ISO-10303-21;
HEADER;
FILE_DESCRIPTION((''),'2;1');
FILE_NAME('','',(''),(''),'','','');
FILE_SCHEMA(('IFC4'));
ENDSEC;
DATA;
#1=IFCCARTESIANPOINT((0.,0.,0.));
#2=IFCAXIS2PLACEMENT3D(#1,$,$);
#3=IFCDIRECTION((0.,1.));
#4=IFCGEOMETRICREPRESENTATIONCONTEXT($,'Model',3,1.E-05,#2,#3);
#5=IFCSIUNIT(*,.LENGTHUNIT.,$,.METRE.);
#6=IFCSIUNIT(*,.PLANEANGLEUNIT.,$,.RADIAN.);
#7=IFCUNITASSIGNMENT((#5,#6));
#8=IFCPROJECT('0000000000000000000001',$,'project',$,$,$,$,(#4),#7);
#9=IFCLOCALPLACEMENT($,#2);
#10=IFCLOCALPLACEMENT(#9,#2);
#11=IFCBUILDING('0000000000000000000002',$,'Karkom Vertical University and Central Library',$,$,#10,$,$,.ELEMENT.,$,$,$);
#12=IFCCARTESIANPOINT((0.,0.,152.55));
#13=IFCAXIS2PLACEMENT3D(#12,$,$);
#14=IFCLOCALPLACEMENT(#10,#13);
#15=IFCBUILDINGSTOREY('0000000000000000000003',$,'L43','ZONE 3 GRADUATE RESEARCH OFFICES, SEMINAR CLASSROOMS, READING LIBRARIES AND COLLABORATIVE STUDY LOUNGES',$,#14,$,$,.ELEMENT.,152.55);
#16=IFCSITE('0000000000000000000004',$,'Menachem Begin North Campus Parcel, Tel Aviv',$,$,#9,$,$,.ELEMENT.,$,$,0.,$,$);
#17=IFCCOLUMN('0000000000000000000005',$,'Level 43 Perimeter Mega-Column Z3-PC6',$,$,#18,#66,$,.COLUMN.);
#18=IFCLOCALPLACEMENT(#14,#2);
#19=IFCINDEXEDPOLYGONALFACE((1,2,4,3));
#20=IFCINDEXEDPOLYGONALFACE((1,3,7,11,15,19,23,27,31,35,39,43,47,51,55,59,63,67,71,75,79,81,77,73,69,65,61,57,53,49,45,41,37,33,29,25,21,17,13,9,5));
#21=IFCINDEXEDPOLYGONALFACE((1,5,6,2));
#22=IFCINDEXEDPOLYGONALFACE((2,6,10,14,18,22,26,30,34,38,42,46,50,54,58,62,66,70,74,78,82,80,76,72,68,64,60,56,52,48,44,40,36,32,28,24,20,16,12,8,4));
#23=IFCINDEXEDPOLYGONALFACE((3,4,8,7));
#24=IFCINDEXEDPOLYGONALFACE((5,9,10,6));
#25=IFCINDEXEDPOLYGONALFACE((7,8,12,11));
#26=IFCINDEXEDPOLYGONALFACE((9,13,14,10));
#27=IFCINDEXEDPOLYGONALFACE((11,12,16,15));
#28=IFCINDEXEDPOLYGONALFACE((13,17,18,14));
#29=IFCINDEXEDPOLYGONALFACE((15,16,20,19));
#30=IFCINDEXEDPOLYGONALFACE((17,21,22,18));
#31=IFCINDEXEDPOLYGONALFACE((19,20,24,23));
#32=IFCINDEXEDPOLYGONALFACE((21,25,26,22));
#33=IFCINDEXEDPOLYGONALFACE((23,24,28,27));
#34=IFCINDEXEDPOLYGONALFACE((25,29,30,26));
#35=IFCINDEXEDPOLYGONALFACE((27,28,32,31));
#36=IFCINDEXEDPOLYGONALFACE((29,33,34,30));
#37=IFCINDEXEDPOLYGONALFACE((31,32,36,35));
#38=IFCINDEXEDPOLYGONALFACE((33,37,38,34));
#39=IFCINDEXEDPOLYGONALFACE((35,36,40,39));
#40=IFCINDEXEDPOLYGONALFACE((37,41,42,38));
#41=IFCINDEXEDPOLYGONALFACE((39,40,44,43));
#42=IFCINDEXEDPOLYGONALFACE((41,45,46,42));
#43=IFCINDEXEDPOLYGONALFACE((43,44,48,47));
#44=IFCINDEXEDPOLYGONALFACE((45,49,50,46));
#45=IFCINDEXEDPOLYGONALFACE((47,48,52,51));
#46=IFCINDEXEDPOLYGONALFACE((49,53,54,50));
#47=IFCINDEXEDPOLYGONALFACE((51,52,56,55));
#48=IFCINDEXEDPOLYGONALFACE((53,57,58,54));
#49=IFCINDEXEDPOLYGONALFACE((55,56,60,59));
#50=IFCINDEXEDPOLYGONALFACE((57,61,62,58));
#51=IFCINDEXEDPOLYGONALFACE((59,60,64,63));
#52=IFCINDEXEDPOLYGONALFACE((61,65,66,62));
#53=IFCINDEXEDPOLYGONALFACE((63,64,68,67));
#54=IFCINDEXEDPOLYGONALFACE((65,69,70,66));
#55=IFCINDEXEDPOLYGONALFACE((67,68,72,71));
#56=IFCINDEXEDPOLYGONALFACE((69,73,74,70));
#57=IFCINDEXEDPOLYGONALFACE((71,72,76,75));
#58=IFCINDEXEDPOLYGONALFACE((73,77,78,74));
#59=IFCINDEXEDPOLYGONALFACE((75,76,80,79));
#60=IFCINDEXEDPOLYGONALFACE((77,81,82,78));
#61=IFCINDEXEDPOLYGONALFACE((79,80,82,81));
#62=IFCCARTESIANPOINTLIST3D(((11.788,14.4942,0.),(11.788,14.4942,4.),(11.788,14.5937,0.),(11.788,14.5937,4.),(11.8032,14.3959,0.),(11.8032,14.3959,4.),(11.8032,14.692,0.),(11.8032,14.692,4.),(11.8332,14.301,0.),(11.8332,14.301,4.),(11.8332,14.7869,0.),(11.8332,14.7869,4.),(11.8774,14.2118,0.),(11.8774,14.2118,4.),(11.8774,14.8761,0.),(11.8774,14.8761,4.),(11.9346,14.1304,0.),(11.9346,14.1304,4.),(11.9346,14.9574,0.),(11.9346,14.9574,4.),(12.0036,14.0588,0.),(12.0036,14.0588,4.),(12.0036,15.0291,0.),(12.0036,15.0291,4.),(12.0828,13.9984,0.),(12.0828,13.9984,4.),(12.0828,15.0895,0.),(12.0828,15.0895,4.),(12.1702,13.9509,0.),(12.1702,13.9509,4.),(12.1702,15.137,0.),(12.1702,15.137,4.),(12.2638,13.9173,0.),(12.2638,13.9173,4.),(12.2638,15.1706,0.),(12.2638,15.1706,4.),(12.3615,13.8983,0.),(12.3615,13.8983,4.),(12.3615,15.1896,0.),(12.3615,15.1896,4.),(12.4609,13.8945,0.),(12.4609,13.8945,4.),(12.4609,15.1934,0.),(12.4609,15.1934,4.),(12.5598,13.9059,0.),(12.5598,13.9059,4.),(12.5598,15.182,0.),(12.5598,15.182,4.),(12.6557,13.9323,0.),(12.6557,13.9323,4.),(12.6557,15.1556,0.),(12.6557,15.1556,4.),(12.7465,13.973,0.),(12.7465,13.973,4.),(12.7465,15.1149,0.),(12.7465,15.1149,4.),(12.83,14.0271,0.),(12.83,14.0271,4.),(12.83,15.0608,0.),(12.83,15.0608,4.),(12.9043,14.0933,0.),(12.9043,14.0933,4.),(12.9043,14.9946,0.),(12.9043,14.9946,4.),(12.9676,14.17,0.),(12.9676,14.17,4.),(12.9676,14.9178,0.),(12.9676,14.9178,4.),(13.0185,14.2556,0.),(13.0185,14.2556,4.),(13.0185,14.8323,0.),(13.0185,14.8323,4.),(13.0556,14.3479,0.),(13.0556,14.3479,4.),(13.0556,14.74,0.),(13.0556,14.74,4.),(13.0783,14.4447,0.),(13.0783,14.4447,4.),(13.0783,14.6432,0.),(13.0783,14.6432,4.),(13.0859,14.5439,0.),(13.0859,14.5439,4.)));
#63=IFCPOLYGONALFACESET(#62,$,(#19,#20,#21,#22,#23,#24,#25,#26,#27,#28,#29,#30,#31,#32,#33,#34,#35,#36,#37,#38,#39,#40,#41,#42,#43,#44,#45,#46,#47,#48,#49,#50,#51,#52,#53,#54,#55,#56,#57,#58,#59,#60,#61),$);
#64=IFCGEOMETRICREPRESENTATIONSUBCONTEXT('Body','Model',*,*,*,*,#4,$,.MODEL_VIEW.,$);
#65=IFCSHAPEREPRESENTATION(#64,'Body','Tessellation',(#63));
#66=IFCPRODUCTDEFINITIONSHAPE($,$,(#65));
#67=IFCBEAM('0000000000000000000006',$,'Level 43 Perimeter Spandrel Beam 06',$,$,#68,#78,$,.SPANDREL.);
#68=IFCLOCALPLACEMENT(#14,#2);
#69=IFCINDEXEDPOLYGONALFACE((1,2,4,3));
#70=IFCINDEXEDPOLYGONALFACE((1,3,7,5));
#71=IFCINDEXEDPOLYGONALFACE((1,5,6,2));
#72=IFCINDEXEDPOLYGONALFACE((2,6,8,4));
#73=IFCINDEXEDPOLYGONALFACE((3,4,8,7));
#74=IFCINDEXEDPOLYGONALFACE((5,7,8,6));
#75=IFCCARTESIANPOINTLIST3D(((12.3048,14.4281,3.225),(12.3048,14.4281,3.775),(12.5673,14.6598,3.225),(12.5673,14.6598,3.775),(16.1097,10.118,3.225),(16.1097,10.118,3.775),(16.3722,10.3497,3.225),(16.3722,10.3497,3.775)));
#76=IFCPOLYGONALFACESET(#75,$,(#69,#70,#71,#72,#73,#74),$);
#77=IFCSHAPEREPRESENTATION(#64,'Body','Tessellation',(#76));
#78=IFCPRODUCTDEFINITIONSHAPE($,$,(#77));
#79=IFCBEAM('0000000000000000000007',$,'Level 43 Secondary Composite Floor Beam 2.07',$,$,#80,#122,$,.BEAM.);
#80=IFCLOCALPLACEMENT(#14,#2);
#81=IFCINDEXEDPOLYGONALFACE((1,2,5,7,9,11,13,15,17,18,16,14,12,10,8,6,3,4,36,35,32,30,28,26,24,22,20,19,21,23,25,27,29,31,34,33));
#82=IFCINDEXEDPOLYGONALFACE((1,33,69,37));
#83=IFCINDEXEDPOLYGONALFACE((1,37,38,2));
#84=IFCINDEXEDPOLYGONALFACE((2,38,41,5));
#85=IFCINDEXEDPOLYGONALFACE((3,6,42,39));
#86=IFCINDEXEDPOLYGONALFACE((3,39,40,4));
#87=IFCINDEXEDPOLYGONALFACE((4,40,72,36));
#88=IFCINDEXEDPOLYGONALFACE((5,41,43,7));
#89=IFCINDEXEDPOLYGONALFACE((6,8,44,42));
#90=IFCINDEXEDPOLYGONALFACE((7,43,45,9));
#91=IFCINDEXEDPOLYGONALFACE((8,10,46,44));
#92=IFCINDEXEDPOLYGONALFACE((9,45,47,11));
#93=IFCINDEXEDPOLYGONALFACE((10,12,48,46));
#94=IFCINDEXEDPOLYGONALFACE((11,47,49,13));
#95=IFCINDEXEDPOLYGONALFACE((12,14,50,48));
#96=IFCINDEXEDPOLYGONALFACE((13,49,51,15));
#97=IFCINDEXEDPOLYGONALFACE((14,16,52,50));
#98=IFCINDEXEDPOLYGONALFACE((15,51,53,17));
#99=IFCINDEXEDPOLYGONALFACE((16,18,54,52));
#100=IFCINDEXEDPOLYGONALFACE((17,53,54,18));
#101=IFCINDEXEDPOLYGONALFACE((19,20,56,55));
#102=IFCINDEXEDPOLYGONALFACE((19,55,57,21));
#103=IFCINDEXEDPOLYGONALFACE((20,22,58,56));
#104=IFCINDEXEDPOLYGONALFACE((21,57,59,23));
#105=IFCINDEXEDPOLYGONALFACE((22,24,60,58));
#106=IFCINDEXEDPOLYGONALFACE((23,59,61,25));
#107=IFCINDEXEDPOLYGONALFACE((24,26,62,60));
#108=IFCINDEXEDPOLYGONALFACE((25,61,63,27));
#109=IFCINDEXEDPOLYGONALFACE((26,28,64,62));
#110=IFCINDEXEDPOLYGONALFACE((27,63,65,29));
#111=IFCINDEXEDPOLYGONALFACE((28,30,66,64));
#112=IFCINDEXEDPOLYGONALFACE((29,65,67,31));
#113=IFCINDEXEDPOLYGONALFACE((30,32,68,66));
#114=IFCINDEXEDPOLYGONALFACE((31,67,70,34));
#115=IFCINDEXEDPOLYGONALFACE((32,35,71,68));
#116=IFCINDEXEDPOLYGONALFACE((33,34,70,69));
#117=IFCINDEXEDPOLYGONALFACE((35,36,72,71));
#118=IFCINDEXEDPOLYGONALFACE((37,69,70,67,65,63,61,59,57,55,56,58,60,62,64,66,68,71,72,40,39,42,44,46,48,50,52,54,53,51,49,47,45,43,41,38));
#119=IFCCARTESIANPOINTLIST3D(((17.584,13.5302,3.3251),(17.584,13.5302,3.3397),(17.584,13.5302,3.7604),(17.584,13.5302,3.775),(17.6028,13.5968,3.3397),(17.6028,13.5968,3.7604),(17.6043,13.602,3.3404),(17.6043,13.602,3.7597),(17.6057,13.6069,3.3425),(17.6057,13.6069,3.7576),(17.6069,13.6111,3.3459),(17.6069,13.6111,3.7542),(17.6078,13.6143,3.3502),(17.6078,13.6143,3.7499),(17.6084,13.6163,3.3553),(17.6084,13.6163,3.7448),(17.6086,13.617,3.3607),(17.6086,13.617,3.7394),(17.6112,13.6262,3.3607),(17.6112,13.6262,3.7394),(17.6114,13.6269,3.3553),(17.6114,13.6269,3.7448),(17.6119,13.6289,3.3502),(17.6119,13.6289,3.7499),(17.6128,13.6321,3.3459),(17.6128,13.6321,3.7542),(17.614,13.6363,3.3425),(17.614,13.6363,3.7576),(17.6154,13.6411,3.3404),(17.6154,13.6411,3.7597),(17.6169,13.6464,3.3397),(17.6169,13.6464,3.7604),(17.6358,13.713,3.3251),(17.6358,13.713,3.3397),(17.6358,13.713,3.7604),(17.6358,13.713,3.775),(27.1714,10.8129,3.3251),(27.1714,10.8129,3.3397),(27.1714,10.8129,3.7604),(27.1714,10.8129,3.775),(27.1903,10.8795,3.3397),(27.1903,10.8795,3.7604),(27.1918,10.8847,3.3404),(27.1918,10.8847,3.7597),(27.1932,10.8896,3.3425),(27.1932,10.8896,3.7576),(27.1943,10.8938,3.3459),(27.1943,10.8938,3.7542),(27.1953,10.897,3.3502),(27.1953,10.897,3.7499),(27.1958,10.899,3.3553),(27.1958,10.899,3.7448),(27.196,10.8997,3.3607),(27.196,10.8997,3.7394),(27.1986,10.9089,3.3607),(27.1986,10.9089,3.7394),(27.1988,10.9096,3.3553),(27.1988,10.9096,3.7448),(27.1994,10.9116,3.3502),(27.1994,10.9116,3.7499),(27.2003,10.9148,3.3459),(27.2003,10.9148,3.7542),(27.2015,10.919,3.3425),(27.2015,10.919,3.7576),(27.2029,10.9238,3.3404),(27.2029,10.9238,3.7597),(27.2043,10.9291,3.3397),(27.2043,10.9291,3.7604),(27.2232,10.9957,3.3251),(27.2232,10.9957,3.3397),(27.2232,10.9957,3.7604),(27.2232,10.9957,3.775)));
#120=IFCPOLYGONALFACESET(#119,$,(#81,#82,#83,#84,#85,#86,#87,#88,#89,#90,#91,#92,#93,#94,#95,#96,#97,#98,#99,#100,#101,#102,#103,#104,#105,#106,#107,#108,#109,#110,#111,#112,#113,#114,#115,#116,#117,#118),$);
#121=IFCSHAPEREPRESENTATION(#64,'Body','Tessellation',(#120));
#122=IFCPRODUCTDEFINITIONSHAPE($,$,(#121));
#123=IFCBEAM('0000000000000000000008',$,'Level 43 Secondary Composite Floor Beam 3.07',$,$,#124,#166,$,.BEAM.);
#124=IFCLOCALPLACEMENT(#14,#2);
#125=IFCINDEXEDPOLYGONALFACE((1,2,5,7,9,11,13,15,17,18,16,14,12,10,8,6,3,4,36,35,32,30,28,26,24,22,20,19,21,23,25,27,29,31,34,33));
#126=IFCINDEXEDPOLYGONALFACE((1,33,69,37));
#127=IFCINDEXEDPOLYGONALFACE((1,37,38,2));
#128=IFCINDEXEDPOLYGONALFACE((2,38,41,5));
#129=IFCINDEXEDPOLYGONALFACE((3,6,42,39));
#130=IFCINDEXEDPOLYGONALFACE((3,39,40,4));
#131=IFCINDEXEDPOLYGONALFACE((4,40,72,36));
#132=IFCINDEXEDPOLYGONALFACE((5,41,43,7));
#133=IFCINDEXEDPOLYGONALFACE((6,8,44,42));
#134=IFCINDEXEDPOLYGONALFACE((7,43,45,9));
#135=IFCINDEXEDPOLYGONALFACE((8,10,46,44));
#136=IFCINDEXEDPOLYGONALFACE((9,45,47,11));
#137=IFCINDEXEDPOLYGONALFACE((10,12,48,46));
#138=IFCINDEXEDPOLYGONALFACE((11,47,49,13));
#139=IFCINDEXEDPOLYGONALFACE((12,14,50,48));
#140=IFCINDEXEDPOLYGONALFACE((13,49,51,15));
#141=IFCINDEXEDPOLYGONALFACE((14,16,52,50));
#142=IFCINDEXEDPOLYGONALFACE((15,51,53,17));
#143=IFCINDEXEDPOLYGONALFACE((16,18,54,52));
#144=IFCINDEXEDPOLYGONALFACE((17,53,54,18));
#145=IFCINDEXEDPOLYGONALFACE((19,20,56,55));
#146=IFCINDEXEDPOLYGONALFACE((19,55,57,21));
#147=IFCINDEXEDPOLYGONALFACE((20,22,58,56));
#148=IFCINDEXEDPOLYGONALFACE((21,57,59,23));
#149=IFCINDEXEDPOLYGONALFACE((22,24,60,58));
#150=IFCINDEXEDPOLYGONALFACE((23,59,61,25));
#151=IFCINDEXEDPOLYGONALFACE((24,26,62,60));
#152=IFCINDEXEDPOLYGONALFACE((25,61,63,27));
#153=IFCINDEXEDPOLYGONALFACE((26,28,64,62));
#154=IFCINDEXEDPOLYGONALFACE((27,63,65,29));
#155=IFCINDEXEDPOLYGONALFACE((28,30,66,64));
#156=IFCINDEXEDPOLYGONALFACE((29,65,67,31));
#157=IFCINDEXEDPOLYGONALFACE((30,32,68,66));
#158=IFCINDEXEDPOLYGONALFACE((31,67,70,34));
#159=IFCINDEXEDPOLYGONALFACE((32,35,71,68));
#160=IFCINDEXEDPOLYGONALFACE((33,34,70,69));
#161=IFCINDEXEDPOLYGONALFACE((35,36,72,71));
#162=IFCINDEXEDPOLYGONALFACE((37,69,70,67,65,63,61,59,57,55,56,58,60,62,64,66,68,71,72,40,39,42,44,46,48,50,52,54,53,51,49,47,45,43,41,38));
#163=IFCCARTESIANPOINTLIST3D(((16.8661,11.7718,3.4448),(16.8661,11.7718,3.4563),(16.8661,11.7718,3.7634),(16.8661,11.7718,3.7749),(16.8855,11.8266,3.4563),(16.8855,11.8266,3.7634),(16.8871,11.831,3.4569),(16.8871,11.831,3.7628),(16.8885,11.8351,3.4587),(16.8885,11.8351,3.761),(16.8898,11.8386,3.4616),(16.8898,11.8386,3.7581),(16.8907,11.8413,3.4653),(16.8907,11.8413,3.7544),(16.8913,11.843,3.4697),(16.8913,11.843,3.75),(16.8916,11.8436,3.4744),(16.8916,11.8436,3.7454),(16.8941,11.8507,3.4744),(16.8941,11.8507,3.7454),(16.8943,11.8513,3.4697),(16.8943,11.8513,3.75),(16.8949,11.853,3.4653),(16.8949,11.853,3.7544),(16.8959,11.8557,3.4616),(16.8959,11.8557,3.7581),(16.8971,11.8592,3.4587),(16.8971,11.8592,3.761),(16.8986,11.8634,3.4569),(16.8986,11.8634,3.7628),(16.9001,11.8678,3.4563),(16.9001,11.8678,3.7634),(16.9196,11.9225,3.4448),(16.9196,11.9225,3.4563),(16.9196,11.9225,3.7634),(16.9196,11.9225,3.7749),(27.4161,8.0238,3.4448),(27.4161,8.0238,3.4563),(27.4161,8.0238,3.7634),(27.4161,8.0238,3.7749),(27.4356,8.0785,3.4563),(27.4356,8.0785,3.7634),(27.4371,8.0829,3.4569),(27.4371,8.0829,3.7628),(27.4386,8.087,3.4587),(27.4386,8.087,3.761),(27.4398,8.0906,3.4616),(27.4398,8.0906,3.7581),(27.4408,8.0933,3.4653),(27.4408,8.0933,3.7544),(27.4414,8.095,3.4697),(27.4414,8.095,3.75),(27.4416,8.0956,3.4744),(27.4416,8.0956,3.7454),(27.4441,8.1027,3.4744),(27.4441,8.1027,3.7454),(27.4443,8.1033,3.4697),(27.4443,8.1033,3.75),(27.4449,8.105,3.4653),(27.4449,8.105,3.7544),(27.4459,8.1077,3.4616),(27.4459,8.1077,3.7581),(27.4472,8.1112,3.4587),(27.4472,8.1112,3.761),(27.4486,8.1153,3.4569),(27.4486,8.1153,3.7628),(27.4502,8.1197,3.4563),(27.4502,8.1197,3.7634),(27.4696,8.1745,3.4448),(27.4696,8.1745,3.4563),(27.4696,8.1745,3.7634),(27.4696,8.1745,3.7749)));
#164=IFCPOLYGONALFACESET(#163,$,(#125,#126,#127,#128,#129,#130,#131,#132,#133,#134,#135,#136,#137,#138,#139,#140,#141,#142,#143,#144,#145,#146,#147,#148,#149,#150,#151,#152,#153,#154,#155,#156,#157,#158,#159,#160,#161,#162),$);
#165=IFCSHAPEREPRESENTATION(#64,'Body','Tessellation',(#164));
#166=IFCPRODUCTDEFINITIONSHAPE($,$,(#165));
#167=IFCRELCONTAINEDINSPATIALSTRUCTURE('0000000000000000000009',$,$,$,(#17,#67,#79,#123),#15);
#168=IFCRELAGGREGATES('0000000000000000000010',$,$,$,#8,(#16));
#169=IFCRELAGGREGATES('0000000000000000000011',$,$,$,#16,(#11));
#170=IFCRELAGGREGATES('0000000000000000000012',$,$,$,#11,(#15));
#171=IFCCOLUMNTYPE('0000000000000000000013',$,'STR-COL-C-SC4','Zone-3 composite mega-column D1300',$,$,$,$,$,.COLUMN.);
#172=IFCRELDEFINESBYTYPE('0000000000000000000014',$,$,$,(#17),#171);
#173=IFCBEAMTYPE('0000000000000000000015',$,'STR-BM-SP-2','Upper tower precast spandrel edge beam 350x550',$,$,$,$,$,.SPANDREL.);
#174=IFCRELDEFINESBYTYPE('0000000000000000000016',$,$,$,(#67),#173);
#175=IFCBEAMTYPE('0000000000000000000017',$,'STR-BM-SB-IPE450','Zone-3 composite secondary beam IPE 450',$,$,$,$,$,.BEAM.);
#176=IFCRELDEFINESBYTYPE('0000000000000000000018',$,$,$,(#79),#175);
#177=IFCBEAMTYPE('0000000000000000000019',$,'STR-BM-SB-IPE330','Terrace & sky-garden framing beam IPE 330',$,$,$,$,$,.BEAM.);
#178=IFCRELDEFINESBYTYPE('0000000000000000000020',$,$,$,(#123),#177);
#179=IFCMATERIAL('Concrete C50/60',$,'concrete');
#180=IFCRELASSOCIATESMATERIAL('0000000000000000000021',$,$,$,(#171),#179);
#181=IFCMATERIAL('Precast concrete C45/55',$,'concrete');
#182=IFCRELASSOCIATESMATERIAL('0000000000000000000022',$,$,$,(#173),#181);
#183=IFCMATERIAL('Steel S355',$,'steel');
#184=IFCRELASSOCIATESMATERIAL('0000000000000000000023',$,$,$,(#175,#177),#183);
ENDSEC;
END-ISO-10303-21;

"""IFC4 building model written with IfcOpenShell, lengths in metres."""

from ifc_helpers import new_model, si_unit, direction, frame, origin, origin_with_axes, origin_2d, place, context, subcontext, project, spatial, rectangle, circle, i_section, extrude, source, transform, mapped, material, material_profile, profile_set, type_object, element, save


model = new_model("IFC4")

# Units and contexts
model_context = context("Model", 3, precision=1e-05, world=origin(), true_north=direction((0.0, 1.0)))
body_context = subcontext(model_context, "Body", "Model", "MODEL_VIEW")
ifc_project = project(units=[si_unit("LENGTHUNIT", "METRE"), si_unit("PLANEANGLEUNIT", "RADIAN")], contexts=[model_context])

# Site, building, storey
site_placement = place(None, origin())
site = spatial("IfcSite", under=ifc_project, at=site_placement, Name="Menachem Begin North Campus Parcel, Tel Aviv", CompositionType="ELEMENT", RefElevation=0.0)
building_placement = place(site_placement, origin())
building = spatial("IfcBuilding", under=site, at=building_placement, Name="Karkom Vertical University and Central Library", CompositionType="ELEMENT")
storey_placement = place(building_placement, frame((0.0, 0.0, 152.55)))
storey = spatial("IfcBuildingStorey", under=building, at=storey_placement, Name="L43", Description="ZONE 3 GRADUATE RESEARCH OFFICES, SEMINAR CLASSROOMS, READING LIBRARIES AND COLLABORATIVE STUDY LOUNGES", CompositionType="ELEMENT", Elevation=152.55)

# Column
ifc_material_1 = material(Name="Concrete C50/60", Category="concrete")
ifc_material_profile_1 = material_profile(ifc_material_1, circle(Radius=0.6499, at=origin_2d()), Name="CFT-D1300")
ifc_profile_set_1 = profile_set([ifc_material_profile_1], Name="Concrete C50/60")
column_type = type_object("IfcColumnType", Name="STR-COL-C-SC4", Description="Zone-3 composite mega-column D1300", PredefinedType="COLUMN", material=ifc_profile_set_1)
shared_shape_1 = source(origin_with_axes(), body_context, "Body", "SweptSolid", [
    extrude(circle(Radius=0.6499, at=origin_2d()), origin(), (0.0, 0.0, 1.0), 4.0),
])
column_placement = place(storey_placement, frame((12.436, 14.5439, 0.0), z_axis=(0.0, 0.0, 1.0), x_axis=(1.0, 0.0, 0.0)))
element("IfcColumn", 1, at=column_placement, inside=storey, type_object=column_type, Name="Level 43 Perimeter Mega-Column Z3-PC6", PredefinedType="COLUMN", context=body_context, shape_type="MappedRepresentation", body=[
    mapped(shared_shape_1, transform((0.0, 0.0, 0.0), scale=1.0)),
])

# Beams
ifc_material_2 = material(Name="Precast concrete C45/55", Category="concrete")
ifc_material_profile_2 = material_profile(ifc_material_2, rectangle(XDim=0.3501, YDim=0.55, at=origin_2d()), Name="SPB-350x550")
ifc_profile_set_2 = profile_set([ifc_material_profile_2], Name="Precast concrete C45/55")
beam_type_1 = type_object("IfcBeamType", Name="STR-BM-SP-2", Description="Upper tower precast spandrel edge beam 350x550", PredefinedType="SPANDREL", material=ifc_profile_set_2)
shared_shape_2 = source(origin_with_axes(), body_context, "Body", "SweptSolid", [
    extrude(rectangle(XDim=0.3501, YDim=0.55, at=origin_2d()), origin(), (0.0, 0.0, 1.0), 5.7493),
])
beam_1_placement = place(storey_placement, frame((12.436, 14.5439, 3.5), z_axis=(0.661811, -0.749671, 0.0), x_axis=(0.749671, 0.661811, 0.0)))
element("IfcBeam", 2, at=beam_1_placement, inside=storey, type_object=beam_type_1, Name="Level 43 Perimeter Spandrel Beam 06", PredefinedType="SPANDREL", context=body_context, shape_type="MappedRepresentation", body=[
    mapped(shared_shape_2, transform((0.0, 0.0, 0.0), scale=1.0)),
])
ifc_material_3 = material(Name="Steel S355", Category="steel")
ifc_material_profile_3 = material_profile(ifc_material_3, i_section(OverallWidth=0.1899, OverallDepth=0.45, WebThickness=0.0095, FlangeThickness=0.0146, FilletRadius=0.021, at=origin_2d()), Name="IPE 450")
ifc_profile_set_3 = profile_set([ifc_material_profile_3], Name="Steel S355")
beam_type_2 = type_object("IfcBeamType", Name="STR-BM-SB-IPE450", Description="Zone-3 composite secondary beam IPE 450", PredefinedType="BEAM", material=ifc_profile_set_3)
shared_shape_3 = source(origin_with_axes(), body_context, "Body", "SweptSolid", [
    extrude(i_section(OverallWidth=0.1899, OverallDepth=0.45, WebThickness=0.0095, FlangeThickness=0.0146, FilletRadius=0.021, at=origin_2d()), origin(), (0.0, 0.0, 1.0), 9.9651),
])
beam_2_placement = place(storey_placement, frame((17.6099, 13.6216, 3.55), z_axis=(0.962104, -0.272682, 0.0), x_axis=(0.272682, 0.962104, 0.0)))
element("IfcBeam", 3, at=beam_2_placement, inside=storey, type_object=beam_type_2, Name="Level 43 Secondary Composite Floor Beam 2.07", PredefinedType="BEAM", context=body_context, shape_type="MappedRepresentation", body=[
    mapped(shared_shape_3, transform((0.0, 0.0, 0.0), scale=1.0)),
])
ifc_material_profile_4 = material_profile(ifc_material_3, i_section(OverallWidth=0.1599, OverallDepth=0.3301, WebThickness=0.0076, FlangeThickness=0.0115, FilletRadius=0.0181, at=origin_2d()), Name="IPE 330")
ifc_profile_set_4 = profile_set([ifc_material_profile_4], Name="Steel S355")
beam_type_3 = type_object("IfcBeamType", Name="STR-BM-SB-IPE330", Description="Terrace & sky-garden framing beam IPE 330", PredefinedType="BEAM", material=ifc_profile_set_4)
shared_shape_4 = source(origin_with_axes(), body_context, "Body", "SweptSolid", [
    extrude(i_section(OverallWidth=0.1599, OverallDepth=0.3301, WebThickness=0.0076, FlangeThickness=0.0115, FilletRadius=0.0181, at=origin_2d()), origin(), (0.0, 0.0, 1.0), 11.196),
])
beam_3_placement = place(storey_placement, frame((16.8928, 11.8472, 3.6099), z_axis=(0.942302, -0.334765, 0.0), x_axis=(0.334765, 0.942302, 0.0)))
element("IfcBeam", 4, at=beam_3_placement, inside=storey, type_object=beam_type_3, Name="Level 43 Secondary Composite Floor Beam 3.07", PredefinedType="BEAM", context=body_context, shape_type="MappedRepresentation", body=[
    mapped(shared_shape_4, transform((0.0, 0.0, 0.0), scale=1.0)),
])

save(model, "model.ifc")
